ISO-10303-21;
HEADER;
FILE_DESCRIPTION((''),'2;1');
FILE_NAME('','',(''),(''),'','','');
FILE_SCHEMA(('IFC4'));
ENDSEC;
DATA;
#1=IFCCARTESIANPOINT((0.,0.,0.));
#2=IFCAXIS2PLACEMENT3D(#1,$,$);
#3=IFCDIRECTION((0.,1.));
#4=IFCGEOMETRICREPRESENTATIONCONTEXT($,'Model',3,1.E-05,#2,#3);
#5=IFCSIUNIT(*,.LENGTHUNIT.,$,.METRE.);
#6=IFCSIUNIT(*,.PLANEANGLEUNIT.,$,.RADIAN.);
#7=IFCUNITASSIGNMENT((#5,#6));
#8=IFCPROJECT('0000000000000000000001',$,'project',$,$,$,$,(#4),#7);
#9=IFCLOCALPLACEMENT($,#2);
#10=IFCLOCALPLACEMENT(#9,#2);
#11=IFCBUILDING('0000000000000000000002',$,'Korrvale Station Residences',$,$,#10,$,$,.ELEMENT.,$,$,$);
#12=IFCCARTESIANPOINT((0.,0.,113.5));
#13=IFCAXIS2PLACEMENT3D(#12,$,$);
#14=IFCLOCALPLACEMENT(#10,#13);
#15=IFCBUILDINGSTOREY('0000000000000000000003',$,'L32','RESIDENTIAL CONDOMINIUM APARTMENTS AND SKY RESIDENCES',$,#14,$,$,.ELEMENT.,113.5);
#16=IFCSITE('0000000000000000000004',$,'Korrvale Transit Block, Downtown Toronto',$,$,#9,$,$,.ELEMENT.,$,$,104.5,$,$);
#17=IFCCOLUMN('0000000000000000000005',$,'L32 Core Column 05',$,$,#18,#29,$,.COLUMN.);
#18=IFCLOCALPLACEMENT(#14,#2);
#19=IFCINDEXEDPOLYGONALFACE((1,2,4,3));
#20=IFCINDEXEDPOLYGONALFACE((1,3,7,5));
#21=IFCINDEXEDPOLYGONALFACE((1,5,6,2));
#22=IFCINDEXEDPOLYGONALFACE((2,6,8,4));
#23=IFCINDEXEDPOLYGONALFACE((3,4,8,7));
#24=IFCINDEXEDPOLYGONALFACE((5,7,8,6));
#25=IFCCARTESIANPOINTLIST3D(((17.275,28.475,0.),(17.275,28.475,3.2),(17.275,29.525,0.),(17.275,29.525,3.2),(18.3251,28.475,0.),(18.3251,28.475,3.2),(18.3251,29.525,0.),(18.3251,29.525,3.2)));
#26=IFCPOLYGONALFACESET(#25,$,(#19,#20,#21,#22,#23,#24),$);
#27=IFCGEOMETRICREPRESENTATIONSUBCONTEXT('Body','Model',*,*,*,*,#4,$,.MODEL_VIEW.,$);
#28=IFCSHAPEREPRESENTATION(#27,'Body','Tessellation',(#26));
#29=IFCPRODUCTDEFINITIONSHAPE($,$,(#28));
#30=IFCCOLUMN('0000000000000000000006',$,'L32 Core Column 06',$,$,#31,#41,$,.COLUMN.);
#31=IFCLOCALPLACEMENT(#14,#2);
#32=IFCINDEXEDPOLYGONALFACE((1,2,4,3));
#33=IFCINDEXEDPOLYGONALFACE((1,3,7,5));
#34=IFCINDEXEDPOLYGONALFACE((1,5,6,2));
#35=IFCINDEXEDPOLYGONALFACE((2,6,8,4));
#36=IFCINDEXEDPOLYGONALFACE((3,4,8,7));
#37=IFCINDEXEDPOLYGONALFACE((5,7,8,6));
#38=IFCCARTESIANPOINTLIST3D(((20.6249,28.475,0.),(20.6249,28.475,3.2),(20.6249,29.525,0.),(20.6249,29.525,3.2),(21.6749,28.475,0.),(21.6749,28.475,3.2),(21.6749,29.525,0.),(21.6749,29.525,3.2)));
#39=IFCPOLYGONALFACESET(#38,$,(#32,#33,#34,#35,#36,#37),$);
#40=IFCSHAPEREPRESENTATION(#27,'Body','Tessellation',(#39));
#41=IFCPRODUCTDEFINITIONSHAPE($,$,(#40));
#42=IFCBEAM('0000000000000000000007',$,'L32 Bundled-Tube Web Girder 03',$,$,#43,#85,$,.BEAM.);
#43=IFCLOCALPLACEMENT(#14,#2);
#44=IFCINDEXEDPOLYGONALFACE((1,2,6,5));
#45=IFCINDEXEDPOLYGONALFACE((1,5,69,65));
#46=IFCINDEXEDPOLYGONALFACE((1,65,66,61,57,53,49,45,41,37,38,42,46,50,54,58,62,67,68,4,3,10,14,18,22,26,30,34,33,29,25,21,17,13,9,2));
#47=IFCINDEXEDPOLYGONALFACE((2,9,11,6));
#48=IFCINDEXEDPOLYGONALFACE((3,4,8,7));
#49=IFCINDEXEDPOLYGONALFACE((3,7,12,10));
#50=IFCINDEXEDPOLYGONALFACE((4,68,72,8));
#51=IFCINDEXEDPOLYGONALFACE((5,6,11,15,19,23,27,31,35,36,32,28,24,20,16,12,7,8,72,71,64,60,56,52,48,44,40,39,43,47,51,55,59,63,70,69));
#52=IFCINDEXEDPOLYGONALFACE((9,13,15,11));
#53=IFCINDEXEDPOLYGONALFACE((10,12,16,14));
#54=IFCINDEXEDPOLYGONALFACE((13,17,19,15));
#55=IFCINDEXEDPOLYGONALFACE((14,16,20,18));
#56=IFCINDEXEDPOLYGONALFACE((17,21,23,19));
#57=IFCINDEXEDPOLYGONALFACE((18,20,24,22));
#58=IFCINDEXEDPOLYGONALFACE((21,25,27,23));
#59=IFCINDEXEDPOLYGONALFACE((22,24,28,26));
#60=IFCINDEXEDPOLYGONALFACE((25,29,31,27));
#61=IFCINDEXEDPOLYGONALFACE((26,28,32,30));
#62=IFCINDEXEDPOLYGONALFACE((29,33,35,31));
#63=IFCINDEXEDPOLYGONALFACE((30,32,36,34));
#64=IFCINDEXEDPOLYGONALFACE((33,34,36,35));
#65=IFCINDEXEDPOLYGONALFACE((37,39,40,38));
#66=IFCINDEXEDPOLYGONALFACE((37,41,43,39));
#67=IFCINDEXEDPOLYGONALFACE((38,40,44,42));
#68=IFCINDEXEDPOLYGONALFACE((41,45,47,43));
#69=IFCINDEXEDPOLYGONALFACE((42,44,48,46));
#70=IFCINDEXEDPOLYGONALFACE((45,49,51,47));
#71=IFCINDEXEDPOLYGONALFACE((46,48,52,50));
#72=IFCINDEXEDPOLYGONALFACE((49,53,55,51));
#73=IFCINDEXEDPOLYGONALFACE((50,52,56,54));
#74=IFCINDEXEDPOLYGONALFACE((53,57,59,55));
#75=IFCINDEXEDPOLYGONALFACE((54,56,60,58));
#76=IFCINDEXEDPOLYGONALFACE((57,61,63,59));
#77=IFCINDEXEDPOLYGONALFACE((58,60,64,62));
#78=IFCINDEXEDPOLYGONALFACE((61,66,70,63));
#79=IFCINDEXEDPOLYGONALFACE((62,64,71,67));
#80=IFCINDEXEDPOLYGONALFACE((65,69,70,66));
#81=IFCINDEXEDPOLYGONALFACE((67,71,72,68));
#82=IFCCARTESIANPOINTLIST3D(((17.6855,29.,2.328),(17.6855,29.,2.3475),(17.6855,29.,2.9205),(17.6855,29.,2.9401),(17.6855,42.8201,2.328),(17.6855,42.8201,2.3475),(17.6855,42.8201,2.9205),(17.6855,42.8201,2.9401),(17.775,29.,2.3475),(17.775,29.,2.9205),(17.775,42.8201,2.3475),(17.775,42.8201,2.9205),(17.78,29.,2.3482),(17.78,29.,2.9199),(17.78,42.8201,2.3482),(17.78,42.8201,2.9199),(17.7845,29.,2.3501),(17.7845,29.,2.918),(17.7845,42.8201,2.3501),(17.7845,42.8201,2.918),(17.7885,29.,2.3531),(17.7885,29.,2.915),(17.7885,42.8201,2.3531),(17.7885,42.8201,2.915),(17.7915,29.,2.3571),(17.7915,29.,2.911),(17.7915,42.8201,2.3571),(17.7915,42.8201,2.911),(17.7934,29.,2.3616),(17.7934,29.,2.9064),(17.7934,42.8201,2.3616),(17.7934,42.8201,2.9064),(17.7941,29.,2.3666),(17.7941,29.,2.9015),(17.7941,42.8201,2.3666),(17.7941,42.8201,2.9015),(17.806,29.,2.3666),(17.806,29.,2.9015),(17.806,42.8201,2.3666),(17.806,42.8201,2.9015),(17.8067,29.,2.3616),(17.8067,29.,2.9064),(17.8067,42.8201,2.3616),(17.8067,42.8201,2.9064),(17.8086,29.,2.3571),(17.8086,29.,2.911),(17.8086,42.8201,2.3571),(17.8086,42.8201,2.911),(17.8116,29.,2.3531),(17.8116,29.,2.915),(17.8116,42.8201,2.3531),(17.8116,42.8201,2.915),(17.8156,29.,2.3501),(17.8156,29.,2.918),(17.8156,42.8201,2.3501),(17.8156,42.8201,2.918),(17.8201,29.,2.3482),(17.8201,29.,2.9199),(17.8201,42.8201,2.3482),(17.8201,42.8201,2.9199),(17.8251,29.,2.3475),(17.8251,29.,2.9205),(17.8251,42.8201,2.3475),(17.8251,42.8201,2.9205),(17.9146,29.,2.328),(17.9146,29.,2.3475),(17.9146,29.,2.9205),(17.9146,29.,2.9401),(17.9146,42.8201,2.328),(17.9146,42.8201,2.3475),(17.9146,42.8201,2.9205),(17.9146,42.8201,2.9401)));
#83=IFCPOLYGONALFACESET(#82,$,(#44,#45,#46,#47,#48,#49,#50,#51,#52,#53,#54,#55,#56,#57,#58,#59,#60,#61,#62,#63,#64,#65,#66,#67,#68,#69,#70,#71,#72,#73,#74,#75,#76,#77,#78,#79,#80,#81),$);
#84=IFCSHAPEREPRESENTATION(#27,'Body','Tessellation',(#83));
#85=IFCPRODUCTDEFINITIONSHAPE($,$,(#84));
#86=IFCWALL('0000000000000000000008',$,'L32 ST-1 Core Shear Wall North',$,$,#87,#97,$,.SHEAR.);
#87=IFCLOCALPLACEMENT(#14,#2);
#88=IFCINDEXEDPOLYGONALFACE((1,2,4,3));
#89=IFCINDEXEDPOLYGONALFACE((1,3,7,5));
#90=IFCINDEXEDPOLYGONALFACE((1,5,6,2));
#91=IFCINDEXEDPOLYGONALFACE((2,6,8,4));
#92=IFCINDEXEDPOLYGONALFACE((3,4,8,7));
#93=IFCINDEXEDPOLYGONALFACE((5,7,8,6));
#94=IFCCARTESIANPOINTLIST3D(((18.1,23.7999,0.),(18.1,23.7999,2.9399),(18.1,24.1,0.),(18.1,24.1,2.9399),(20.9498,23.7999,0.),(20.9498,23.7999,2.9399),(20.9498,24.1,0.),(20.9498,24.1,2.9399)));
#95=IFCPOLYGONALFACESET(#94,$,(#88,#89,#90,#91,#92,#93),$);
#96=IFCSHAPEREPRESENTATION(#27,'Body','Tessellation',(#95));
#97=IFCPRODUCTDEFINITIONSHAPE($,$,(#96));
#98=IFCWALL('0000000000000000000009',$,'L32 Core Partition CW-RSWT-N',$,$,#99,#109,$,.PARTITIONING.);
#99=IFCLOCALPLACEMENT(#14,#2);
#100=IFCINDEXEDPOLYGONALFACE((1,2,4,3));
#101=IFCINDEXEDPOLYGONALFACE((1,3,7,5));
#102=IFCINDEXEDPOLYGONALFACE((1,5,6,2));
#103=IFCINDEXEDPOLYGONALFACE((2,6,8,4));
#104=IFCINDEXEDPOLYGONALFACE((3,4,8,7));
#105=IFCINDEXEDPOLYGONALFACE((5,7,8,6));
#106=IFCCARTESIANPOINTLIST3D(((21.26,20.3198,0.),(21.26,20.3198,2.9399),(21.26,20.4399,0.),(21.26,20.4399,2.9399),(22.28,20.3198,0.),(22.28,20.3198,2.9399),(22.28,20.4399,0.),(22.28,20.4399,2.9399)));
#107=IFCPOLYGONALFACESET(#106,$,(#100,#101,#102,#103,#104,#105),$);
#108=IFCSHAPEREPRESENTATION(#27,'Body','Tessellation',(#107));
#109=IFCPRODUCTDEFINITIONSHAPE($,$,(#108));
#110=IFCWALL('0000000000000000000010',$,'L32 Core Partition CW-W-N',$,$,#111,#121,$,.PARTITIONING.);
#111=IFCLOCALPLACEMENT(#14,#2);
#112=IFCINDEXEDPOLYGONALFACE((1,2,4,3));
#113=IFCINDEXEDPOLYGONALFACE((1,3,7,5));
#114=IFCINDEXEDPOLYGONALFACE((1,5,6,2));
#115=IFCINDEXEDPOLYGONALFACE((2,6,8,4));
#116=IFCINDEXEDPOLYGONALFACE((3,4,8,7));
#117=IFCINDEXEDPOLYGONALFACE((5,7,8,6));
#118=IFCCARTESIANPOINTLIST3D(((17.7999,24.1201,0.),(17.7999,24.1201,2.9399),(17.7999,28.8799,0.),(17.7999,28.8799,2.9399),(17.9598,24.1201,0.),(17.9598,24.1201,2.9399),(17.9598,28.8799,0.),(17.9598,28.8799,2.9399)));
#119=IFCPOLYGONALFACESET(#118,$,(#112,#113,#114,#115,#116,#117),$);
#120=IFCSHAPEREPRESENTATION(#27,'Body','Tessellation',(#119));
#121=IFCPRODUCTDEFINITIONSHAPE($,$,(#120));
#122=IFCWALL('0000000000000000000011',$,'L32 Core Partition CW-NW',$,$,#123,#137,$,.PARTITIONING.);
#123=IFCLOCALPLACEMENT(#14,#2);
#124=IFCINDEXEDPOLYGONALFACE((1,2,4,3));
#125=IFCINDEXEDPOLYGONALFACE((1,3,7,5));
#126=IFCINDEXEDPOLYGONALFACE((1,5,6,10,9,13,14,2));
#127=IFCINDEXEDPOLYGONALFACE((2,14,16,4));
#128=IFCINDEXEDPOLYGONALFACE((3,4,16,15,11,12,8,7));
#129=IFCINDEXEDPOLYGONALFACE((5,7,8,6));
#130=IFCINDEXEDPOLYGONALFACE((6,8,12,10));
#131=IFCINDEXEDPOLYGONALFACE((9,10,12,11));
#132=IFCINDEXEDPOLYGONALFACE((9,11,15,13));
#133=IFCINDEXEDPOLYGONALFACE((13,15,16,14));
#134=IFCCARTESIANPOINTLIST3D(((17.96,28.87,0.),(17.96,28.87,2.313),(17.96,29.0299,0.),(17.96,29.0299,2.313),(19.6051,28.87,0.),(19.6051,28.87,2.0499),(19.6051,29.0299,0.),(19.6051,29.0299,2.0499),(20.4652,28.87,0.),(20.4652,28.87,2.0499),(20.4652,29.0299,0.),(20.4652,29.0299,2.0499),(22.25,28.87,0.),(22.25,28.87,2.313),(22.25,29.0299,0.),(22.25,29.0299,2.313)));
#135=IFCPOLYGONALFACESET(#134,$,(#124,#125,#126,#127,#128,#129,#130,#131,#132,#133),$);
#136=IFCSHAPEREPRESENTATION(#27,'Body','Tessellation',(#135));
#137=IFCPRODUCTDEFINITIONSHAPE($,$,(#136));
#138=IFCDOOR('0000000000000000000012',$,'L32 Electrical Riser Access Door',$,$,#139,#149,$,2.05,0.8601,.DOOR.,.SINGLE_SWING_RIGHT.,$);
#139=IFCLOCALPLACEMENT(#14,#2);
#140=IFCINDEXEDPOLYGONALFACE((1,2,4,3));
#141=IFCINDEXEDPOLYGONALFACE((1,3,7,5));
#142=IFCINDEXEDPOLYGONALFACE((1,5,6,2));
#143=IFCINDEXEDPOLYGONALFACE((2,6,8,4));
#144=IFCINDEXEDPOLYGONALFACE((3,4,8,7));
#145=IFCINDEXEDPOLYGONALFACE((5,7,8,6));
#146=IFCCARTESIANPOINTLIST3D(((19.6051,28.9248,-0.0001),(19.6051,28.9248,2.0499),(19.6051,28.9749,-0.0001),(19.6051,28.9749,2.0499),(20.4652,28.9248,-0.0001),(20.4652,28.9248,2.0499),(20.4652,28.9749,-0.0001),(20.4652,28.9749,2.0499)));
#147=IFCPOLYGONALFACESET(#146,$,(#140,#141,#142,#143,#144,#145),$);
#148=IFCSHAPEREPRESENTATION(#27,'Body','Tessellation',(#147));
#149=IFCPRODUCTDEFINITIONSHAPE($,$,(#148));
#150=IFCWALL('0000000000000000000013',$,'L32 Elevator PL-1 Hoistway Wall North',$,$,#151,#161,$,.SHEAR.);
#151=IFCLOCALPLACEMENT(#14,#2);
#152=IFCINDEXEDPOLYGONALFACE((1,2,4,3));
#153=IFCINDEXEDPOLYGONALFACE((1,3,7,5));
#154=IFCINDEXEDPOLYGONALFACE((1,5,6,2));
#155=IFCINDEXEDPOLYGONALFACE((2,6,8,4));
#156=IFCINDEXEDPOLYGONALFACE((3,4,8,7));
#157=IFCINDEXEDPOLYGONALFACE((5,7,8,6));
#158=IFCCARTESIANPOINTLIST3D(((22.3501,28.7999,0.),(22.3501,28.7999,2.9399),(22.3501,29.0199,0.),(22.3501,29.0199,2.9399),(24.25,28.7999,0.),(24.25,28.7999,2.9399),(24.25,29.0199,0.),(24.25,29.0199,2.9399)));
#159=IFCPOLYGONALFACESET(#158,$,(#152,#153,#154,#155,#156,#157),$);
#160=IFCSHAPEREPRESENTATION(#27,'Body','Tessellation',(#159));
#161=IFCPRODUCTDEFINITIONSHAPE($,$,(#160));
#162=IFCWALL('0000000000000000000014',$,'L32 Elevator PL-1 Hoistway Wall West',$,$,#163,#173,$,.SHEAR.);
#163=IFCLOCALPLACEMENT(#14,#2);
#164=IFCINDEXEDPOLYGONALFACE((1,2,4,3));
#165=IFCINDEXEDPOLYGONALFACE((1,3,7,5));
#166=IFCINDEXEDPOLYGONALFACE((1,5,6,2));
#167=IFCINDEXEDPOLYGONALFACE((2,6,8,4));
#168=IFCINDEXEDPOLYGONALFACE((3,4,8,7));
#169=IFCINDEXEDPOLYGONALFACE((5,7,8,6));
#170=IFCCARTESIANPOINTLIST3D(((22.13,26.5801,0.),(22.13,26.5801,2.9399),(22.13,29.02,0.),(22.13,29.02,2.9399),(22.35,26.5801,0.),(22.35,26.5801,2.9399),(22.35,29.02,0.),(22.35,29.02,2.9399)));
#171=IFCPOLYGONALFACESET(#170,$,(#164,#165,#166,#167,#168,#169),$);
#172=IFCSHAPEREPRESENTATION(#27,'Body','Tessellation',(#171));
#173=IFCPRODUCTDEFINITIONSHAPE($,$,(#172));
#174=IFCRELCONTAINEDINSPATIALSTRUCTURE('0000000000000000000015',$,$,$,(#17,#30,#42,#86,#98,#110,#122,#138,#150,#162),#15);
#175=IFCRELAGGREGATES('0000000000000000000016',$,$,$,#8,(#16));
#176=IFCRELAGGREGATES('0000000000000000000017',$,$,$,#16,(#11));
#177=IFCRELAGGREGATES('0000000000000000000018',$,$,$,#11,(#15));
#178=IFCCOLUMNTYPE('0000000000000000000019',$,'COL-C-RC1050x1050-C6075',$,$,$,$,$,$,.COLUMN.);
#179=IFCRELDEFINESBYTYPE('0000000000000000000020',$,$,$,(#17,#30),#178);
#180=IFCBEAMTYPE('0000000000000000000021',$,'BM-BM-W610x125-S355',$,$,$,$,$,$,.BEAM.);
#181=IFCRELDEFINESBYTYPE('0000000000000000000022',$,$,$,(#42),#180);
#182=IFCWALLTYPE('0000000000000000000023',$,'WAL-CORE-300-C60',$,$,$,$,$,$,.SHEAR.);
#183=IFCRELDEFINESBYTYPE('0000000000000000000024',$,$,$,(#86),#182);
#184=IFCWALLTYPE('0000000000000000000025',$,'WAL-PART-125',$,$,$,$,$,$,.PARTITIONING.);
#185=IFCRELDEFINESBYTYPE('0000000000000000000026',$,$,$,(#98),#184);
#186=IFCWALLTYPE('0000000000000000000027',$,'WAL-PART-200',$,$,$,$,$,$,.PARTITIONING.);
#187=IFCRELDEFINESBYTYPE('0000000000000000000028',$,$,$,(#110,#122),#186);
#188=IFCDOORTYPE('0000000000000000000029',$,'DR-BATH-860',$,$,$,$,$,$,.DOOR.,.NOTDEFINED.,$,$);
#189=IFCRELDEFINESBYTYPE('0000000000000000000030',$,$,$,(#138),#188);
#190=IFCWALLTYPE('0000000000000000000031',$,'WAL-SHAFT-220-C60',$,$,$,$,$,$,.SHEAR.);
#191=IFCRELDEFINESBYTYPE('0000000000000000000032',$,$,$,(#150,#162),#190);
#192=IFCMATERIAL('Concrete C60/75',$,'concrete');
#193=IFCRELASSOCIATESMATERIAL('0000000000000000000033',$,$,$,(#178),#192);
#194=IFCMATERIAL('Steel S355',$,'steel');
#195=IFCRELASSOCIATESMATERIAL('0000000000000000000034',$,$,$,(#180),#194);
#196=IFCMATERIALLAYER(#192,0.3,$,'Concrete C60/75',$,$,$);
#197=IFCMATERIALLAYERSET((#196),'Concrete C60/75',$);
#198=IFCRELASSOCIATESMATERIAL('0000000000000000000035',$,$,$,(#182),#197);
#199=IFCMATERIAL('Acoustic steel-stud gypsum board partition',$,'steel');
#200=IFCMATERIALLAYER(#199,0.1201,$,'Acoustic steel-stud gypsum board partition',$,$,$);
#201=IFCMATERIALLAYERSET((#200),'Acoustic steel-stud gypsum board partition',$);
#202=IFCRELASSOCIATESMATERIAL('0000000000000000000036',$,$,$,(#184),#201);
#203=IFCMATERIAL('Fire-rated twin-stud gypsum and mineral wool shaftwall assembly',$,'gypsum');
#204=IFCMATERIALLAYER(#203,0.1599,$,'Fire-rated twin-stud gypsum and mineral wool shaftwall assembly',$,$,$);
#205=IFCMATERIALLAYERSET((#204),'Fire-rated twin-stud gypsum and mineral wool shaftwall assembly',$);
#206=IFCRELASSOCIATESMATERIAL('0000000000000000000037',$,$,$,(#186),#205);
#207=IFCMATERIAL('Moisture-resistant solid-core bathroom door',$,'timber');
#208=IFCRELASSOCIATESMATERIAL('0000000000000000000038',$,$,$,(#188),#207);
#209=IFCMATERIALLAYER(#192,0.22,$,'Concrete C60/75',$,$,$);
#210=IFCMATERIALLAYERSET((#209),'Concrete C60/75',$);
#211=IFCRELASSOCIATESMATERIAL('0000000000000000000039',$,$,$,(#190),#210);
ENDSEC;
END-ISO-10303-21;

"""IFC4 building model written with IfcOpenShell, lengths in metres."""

from ifc_helpers import new_model, si_unit, direction, frame, frame_2d, origin, origin_2d, place, context, subcontext, project, spatial, rectangle, i_section, extrude, material, layer, layer_set, material_profile, profile_set, type_object, element, fill, save


model = new_model("IFC4")

# Units and contexts
model_context = context("Model", 3, precision=1e-05, world=origin(), true_north=direction((0.0, 1.0)))
body_context = subcontext(model_context, "Body", "Model", "MODEL_VIEW")
ifc_project = project(units=[si_unit("LENGTHUNIT", "METRE"), si_unit("PLANEANGLEUNIT", "RADIAN")], contexts=[model_context])

# Site, building, storey
site_placement = place(None, origin())
site = spatial("IfcSite", under=ifc_project, at=site_placement, Name="Korrvale Transit Block, Downtown Toronto", CompositionType="ELEMENT", RefElevation=104.5)
building_placement = place(site_placement, origin())
building = spatial("IfcBuilding", under=site, at=building_placement, Name="Korrvale Station Residences", CompositionType="ELEMENT")
storey_placement = place(building_placement, frame((0.0, 0.0, 113.5)))
storey = spatial("IfcBuildingStorey", under=building, at=storey_placement, Name="L32", Description="RESIDENTIAL CONDOMINIUM APARTMENTS AND SKY RESIDENCES", CompositionType="ELEMENT", Elevation=113.5)

# Columns
ifc_material_1 = material(Name="Concrete C60/75", Category="concrete")
ifc_material_profile_1 = material_profile(ifc_material_1, rectangle(XDim=1.05, YDim=1.05, at=origin_2d()), Name="RC1050x1050")
ifc_profile_set_1 = profile_set([ifc_material_profile_1], Name="Concrete C60/75")
column_type = type_object("IfcColumnType", Name="COL-C-RC1050x1050-C6075", PredefinedType="COLUMN", material=ifc_profile_set_1)
for number, where, z_axis, x_axis, name in (
    (1, (17.8, 29.0, 0.0), (0.0, 0.0, 1.0), (1.0, 0.0, 0.0), "L32 Core Column 05"),
    (2, (21.1499, 29.0, 0.0), (0.0, 0.0, 1.0), (1.0, 0.0, 0.0), "L32 Core Column 06"),
):
    element("IfcColumn", number, at=place(storey_placement, frame(where, z_axis=z_axis, x_axis=x_axis)), inside=storey, type_object=column_type, Name=name, PredefinedType="COLUMN", context=body_context, shape_type="SweptSolid", body=[
        extrude(rectangle(XDim=1.05, YDim=1.05, at=origin_2d()), origin(), (0.0, 0.0, 1.0), 3.2),
    ])

# Beam
ifc_material_2 = material(Name="Steel S355", Category="steel")
ifc_material_profile_2 = material_profile(ifc_material_2, i_section(OverallWidth=0.229, OverallDepth=0.6121, WebThickness=0.012, FlangeThickness=0.0195, FilletRadius=0.019, at=origin_2d()), Name="W610x125")
ifc_profile_set_2 = profile_set([ifc_material_profile_2], Name="Steel S355")
beam_type = type_object("IfcBeamType", Name="BM-BM-W610x125-S355", PredefinedType="BEAM", material=ifc_profile_set_2)
beam_placement = place(storey_placement, frame((17.8, 29.0, 2.634), z_axis=(0.0, 1.0, 0.0), x_axis=(-1.0, 0.0, 0.0)))
element("IfcBeam", 3, at=beam_placement, inside=storey, type_object=beam_type, Name="L32 Bundled-Tube Web Girder 03", PredefinedType="BEAM", context=body_context, shape_type="SweptSolid", body=[
    extrude(i_section(OverallWidth=0.229, OverallDepth=0.6121, WebThickness=0.012, FlangeThickness=0.0195, FilletRadius=0.019, at=origin_2d()), origin(), (0.0, 0.0, 1.0), 13.8201),
])

# Walls
ifc_layer_1 = layer(ifc_material_1, 0.3, Name="Concrete C60/75")
ifc_layer_set_1 = layer_set([ifc_layer_1], Name="Concrete C60/75")
wall_type_1 = type_object("IfcWallType", Name="WAL-CORE-300-C60", PredefinedType="SHEAR", material=ifc_layer_set_1)
wall_1_placement = place(storey_placement, frame((18.1001, 23.95, 0.0), z_axis=(0.0, 0.0, 1.0), x_axis=(1.0, 0.0, 0.0)))
element("IfcWall", 4, at=wall_1_placement, inside=storey, type_object=wall_type_1, Name="L32 ST-1 Core Shear Wall North", PredefinedType="SHEAR", context=body_context, shape_type="SweptSolid", body=[
    extrude(rectangle(XDim=2.8499, YDim=0.3, at=frame_2d((1.4248, 0.0))), origin(), (0.0, 0.0, 1.0), 2.9399),
])
ifc_material_3 = material(Name="Acoustic steel-stud gypsum board partition", Category="steel")
ifc_layer_2 = layer(ifc_material_3, 0.1201, Name="Acoustic steel-stud gypsum board partition")
ifc_layer_set_2 = layer_set([ifc_layer_2], Name="Acoustic steel-stud gypsum board partition")
wall_type_2 = type_object("IfcWallType", Name="WAL-PART-125", PredefinedType="PARTITIONING", material=ifc_layer_set_2)
wall_2_placement = place(storey_placement, frame((22.28, 20.3799, 0.0), z_axis=(0.0, 0.0, 1.0), x_axis=(-1.0, 0.0, 0.0)))
element("IfcWall", 5, at=wall_2_placement, inside=storey, type_object=wall_type_2, Name="L32 Core Partition CW-RSWT-N", PredefinedType="PARTITIONING", context=body_context, shape_type="SweptSolid", body=[
    extrude(rectangle(XDim=1.02, YDim=0.1201, at=frame_2d((0.51, 0.0))), origin(), (0.0, 0.0, 1.0), 2.9399),
])
ifc_material_4 = material(Name="Fire-rated twin-stud gypsum and mineral wool shaftwall assembly", Category="gypsum")
ifc_layer_3 = layer(ifc_material_4, 0.1599, Name="Fire-rated twin-stud gypsum and mineral wool shaftwall assembly")
ifc_layer_set_3 = layer_set([ifc_layer_3], Name="Fire-rated twin-stud gypsum and mineral wool shaftwall assembly")
wall_type_3 = type_object("IfcWallType", Name="WAL-PART-200", PredefinedType="PARTITIONING", material=ifc_layer_set_3)
wall_3_placement = place(storey_placement, frame((17.8799, 24.1201, 0.0), z_axis=(0.0, 0.0, 1.0), x_axis=(0.0, 1.0, 0.0)))
element("IfcWall", 6, at=wall_3_placement, inside=storey, type_object=wall_type_3, Name="L32 Core Partition CW-W-N", PredefinedType="PARTITIONING", context=body_context, shape_type="SweptSolid", body=[
    extrude(rectangle(XDim=4.7598, YDim=0.1599, at=frame_2d((2.3799, 0.0))), origin(), (0.0, 0.0, 1.0), 2.9399),
])

# Wall, opening, door
wall_4_placement = place(storey_placement, frame((17.96, 28.95, 0.0), z_axis=(0.0, 0.0, 1.0), x_axis=(1.0, 0.0, 0.0)))
wall_4 = element("IfcWall", 7, at=wall_4_placement, inside=storey, type_object=wall_type_3, Name="L32 Core Partition CW-NW", PredefinedType="PARTITIONING", context=body_context, shape_type="SweptSolid", body=[
    extrude(rectangle(XDim=4.29, YDim=0.1599, at=frame_2d((2.145, 0.0))), origin(), (0.0, 0.0, 1.0), 2.313),
])
opening_1_placement = place(wall_4_placement, frame((1.645, 0.0, 0.0)))
opening_1 = element("IfcOpeningElement", 8, at=opening_1_placement, cuts=wall_4, PredefinedType="OPENING", context=body_context, shape_type="SweptSolid", body=[
    extrude(rectangle(XDim=0.8601, YDim=2.05, at=frame_2d((0.4302, 1.0249))), frame((0.0, 0.0898, 0.0), z_axis=(0.0, -1.0, 0.0), x_axis=(1.0, 0.0, 0.0)), (0.0, 0.0, 1.0), 0.1799),
])
ifc_material_5 = material(Name="Moisture-resistant solid-core bathroom door", Category="timber")
door_type_1 = type_object("IfcDoorType", Name="DR-BATH-860", OperationType="NOTDEFINED", PredefinedType="DOOR", material=ifc_material_5)
door_1_placement = place(opening_1_placement, origin())
door_1 = element("IfcDoor", 9, at=door_1_placement, inside=storey, type_object=door_type_1, Name="L32 Electrical Riser Access Door", OperationType="SINGLE_SWING_RIGHT", OverallHeight=2.05, OverallWidth=0.8601, PredefinedType="DOOR", context=body_context, shape_type="SweptSolid", body=[
    extrude(rectangle(XDim=0.8601, YDim=2.05, at=frame_2d((0.4302, 1.0249))), frame((0.0, 0.0249, 0.0), z_axis=(0.0, -1.0, 0.0), x_axis=(1.0, 0.0, 0.0)), (0.0, 0.0, 1.0), 0.05),
])
fill(opening_1, door_1)
ifc_layer_4 = layer(ifc_material_1, 0.22, Name="Concrete C60/75")
ifc_layer_set_4 = layer_set([ifc_layer_4], Name="Concrete C60/75")
wall_type_4 = type_object("IfcWallType", Name="WAL-SHAFT-220-C60", PredefinedType="SHEAR", material=ifc_layer_set_4)

# Walls
wall_5_placement = place(storey_placement, frame((22.3501, 28.9099, 0.0), z_axis=(0.0, 0.0, 1.0), x_axis=(1.0, 0.0, 0.0)))
element("IfcWall", 10, at=wall_5_placement, inside=storey, type_object=wall_type_4, Name="L32 Elevator PL-1 Hoistway Wall North", PredefinedType="SHEAR", context=body_context, shape_type="SweptSolid", body=[
    extrude(rectangle(XDim=1.8999, YDim=0.22, at=frame_2d((0.95, 0.0))), origin(), (0.0, 0.0, 1.0), 2.9399),
])
wall_6_placement = place(storey_placement, frame((22.24, 26.5801, 0.0), z_axis=(0.0, 0.0, 1.0), x_axis=(0.0, 1.0, 0.0)))
element("IfcWall", 11, at=wall_6_placement, inside=storey, type_object=wall_type_4, Name="L32 Elevator PL-1 Hoistway Wall West", PredefinedType="SHEAR", context=body_context, shape_type="SweptSolid", body=[
    extrude(rectangle(XDim=2.4399, YDim=0.22, at=frame_2d((1.22, 0.0))), origin(), (0.0, 0.0, 1.0), 2.9399),
])

save(model, "model.ifc")
